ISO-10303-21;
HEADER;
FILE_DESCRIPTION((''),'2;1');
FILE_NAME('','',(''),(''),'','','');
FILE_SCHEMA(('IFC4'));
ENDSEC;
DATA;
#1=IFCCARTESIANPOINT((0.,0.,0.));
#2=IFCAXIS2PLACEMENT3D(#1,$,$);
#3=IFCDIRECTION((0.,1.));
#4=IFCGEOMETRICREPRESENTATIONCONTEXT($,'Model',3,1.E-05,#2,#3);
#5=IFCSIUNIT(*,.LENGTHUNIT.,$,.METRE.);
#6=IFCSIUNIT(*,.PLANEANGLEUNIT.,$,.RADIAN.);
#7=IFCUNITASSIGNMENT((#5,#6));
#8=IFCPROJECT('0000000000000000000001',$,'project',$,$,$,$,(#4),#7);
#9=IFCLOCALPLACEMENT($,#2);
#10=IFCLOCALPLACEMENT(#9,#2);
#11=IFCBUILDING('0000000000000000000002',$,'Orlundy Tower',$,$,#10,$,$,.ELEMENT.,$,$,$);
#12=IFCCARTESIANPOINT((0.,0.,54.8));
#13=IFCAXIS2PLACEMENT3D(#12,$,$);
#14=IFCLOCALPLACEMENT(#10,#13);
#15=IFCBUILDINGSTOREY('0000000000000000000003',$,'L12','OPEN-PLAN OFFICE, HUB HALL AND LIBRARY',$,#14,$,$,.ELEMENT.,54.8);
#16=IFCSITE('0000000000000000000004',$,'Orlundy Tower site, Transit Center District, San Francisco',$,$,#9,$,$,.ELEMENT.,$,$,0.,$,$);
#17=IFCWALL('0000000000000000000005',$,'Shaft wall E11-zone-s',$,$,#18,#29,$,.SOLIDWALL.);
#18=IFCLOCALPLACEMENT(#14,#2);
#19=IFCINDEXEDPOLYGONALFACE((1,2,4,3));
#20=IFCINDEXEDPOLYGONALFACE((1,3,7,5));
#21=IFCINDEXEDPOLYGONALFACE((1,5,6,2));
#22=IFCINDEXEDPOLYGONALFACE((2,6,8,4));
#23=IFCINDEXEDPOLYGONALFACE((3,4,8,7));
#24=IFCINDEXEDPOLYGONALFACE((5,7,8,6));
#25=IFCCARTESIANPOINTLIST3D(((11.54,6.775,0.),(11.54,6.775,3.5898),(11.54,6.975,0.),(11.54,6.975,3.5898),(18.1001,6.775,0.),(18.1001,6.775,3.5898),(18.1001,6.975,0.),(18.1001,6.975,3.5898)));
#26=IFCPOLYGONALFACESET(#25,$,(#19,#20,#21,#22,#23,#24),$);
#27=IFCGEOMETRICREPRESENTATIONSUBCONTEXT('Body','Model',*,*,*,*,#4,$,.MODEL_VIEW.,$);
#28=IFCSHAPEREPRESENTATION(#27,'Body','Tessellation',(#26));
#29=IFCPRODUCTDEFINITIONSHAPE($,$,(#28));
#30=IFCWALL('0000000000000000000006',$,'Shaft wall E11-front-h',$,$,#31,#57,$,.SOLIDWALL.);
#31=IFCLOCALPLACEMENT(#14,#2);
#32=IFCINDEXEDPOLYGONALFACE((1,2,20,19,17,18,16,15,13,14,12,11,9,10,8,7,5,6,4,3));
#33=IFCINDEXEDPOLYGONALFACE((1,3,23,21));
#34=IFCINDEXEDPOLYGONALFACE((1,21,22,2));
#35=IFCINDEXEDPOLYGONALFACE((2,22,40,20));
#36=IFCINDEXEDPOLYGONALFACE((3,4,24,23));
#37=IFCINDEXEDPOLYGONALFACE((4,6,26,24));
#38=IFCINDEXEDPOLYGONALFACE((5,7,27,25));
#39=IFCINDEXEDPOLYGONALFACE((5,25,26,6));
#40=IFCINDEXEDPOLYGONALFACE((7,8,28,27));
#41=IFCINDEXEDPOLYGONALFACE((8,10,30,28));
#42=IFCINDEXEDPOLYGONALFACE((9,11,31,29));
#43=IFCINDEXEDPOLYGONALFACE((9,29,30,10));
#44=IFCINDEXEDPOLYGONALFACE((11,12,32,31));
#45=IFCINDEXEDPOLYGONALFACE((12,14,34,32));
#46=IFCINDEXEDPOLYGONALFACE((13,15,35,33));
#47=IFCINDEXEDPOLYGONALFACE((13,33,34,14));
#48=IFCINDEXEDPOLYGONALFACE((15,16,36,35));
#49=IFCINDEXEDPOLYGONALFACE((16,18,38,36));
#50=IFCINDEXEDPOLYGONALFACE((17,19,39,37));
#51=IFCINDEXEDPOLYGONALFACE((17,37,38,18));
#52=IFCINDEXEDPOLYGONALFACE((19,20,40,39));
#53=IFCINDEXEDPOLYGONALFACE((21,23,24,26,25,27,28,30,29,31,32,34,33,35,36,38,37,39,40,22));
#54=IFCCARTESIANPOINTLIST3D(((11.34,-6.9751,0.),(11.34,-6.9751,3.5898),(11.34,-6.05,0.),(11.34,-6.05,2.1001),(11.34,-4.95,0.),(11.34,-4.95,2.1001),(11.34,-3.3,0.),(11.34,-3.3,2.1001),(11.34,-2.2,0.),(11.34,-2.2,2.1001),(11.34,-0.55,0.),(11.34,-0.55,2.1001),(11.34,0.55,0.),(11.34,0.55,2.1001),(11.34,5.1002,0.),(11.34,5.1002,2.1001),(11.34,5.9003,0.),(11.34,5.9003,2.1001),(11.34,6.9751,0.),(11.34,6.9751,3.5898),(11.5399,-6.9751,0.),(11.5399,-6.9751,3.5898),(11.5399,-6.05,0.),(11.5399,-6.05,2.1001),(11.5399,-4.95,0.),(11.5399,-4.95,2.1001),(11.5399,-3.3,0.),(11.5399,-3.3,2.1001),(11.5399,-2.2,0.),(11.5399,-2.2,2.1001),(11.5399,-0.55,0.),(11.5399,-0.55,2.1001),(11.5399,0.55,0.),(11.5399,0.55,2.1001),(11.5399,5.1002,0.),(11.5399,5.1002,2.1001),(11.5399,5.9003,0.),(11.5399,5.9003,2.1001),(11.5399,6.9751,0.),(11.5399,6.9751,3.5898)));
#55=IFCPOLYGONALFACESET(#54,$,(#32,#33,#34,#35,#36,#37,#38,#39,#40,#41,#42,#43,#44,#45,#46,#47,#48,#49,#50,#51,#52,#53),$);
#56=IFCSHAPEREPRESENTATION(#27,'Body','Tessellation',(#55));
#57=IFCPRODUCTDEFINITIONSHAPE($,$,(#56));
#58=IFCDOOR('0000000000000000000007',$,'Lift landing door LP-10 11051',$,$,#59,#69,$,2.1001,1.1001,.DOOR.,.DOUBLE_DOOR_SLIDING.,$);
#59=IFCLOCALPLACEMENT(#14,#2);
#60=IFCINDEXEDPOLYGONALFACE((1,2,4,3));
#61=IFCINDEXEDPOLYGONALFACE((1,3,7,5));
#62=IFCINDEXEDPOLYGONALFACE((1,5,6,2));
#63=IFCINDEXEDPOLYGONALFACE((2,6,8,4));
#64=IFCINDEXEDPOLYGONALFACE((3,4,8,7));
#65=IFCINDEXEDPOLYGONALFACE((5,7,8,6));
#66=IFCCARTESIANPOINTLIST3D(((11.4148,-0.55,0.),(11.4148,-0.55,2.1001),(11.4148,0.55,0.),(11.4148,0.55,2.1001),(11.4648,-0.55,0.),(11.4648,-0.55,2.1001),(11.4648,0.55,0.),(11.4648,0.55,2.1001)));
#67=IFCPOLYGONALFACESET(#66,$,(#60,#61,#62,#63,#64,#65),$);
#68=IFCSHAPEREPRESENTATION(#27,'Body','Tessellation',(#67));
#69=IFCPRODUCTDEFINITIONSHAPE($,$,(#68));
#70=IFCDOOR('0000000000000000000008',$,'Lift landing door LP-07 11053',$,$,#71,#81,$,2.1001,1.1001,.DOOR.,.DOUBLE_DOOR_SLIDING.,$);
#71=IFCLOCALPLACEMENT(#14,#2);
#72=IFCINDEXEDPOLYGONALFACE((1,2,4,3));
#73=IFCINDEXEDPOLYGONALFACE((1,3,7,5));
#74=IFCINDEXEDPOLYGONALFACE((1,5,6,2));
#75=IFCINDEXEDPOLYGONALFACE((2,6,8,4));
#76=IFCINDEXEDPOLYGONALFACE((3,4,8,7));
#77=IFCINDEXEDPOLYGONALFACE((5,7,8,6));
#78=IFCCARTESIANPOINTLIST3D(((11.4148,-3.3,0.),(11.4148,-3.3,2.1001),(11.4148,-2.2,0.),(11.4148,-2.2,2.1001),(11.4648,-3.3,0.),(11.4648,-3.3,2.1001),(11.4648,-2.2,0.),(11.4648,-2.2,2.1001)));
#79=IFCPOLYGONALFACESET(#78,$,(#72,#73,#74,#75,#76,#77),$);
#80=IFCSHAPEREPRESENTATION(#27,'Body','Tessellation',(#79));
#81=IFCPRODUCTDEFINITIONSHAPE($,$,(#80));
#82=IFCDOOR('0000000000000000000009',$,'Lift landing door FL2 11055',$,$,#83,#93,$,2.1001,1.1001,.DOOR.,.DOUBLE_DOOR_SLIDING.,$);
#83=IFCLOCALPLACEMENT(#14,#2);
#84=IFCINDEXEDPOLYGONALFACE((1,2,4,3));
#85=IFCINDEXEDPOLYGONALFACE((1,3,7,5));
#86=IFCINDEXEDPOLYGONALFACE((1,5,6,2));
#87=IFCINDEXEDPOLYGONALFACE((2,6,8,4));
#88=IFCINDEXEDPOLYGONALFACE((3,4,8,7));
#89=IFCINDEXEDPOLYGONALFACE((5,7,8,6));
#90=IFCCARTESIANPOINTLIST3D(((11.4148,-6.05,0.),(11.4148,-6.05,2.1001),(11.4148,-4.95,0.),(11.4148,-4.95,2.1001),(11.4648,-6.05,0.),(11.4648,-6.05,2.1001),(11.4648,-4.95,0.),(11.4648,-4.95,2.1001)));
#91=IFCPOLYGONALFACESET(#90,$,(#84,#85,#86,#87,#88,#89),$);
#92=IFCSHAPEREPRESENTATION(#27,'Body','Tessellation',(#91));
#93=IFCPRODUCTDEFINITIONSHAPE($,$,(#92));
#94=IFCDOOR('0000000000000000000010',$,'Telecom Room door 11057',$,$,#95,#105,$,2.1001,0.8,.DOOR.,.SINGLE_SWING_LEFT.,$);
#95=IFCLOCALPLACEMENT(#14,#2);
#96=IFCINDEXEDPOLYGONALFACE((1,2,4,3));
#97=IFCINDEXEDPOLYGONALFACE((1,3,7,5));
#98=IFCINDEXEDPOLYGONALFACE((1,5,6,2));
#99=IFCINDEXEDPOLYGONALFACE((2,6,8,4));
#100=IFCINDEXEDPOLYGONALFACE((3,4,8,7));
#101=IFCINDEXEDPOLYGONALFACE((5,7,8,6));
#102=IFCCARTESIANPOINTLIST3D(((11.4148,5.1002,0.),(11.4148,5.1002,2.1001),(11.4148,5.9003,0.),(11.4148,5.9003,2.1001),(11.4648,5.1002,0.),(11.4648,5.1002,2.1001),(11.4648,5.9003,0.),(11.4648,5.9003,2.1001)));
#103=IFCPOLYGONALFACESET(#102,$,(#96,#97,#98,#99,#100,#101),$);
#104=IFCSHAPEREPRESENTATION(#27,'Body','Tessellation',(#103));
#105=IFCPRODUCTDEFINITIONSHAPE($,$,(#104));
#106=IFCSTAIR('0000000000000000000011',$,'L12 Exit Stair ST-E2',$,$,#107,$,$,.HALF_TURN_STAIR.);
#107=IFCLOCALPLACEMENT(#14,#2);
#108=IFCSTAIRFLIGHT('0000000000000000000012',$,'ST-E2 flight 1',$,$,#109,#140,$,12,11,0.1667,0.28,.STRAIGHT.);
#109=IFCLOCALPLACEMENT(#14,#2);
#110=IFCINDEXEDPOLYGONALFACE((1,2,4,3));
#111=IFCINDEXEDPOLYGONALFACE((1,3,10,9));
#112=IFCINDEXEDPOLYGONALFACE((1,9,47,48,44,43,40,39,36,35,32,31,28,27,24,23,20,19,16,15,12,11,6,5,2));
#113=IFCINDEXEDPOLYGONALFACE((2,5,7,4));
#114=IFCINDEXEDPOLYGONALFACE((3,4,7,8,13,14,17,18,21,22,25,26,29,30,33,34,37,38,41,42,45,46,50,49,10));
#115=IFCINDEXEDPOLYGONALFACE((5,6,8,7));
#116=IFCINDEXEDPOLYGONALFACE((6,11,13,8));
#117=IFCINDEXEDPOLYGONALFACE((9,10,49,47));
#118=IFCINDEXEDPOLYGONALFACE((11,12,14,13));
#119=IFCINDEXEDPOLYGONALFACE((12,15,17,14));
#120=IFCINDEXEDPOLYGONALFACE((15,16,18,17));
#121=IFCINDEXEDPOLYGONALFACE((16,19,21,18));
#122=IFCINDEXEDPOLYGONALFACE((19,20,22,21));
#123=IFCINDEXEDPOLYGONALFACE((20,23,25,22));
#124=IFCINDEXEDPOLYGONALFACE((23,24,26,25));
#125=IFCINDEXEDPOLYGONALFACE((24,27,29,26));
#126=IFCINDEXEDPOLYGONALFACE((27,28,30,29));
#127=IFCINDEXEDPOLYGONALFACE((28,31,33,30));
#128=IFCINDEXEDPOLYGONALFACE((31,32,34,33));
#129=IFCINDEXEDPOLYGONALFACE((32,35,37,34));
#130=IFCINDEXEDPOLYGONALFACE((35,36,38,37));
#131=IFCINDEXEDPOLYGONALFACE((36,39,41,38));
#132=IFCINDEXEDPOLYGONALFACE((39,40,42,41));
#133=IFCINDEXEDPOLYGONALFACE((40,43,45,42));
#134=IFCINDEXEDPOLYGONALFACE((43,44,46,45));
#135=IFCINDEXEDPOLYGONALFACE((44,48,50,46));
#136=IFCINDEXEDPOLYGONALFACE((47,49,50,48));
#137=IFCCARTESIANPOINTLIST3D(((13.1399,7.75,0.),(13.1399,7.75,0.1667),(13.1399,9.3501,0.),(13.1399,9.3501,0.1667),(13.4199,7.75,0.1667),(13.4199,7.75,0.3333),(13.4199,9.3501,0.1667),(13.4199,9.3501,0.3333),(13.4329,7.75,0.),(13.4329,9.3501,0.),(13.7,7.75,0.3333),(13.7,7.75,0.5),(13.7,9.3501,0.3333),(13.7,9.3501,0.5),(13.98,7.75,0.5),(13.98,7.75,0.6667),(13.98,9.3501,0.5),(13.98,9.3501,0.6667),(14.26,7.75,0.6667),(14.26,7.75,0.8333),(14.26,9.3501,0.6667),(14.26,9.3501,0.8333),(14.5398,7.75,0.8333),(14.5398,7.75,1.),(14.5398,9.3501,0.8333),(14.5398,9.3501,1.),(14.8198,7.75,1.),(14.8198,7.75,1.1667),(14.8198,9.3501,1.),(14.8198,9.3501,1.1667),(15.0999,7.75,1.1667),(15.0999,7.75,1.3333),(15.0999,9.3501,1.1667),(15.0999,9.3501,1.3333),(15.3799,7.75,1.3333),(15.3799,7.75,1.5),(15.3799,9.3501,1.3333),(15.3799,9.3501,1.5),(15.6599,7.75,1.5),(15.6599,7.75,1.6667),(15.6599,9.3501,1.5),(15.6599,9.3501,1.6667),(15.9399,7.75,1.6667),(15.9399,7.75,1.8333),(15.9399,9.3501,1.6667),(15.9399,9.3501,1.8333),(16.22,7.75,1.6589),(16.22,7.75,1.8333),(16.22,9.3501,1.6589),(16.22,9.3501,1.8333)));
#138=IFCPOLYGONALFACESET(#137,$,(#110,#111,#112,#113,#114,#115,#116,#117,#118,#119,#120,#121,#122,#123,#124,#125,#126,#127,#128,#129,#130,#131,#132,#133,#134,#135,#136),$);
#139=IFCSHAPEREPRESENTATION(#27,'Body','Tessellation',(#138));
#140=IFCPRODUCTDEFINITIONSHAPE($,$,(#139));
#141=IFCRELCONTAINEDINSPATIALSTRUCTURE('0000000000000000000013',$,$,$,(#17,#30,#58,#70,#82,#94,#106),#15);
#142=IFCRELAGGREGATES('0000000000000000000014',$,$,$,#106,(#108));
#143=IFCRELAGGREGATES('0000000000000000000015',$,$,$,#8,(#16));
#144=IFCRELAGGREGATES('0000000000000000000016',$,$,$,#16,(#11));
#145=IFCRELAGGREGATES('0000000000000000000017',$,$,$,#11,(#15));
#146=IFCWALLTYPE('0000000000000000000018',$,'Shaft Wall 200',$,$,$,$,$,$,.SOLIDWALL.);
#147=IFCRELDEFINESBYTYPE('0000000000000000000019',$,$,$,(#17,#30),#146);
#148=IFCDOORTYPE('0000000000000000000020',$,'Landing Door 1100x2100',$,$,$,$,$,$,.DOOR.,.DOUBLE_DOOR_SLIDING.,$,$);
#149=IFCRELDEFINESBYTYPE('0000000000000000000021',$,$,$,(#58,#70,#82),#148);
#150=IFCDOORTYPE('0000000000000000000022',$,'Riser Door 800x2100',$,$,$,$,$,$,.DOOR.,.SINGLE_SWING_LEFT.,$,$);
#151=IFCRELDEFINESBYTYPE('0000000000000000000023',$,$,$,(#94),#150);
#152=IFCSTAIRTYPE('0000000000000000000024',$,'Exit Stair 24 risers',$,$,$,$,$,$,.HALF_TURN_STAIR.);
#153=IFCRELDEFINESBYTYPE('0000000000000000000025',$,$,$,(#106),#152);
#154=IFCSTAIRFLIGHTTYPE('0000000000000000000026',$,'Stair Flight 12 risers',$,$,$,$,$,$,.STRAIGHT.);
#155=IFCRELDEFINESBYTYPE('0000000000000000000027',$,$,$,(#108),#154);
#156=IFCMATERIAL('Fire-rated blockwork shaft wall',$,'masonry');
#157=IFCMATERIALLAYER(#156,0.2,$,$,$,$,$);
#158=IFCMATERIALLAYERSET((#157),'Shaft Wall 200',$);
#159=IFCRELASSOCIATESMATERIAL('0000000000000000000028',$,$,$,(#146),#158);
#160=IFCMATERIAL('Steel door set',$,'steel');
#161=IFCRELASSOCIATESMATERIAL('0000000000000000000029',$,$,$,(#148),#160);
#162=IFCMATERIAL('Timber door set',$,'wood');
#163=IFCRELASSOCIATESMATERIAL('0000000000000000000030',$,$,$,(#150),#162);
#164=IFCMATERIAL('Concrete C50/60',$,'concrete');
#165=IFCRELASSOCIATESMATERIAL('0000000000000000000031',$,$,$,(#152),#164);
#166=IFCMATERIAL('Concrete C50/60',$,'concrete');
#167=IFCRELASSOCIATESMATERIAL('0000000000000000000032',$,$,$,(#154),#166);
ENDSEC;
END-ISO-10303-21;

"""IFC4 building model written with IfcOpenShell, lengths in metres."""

from ifc_helpers import new_model, si_unit, direction, frame, frame_2d, origin, place, context, subcontext, project, spatial, polyline, rectangle, outline, extrude, material, layer, layer_set, type_object, element, fill, aggregate, save


model = new_model("IFC4")

# Units and contexts
model_context = context("Model", 3, precision=1e-05, world=origin(), true_north=direction((0.0, 1.0)))
body_context = subcontext(model_context, "Body", "Model", "MODEL_VIEW")
ifc_project = project(units=[si_unit("LENGTHUNIT", "METRE"), si_unit("PLANEANGLEUNIT", "RADIAN")], contexts=[model_context])

# Site, building, storey
site_placement = place(None, origin())
site = spatial("IfcSite", under=ifc_project, at=site_placement, Name="Orlundy Tower site, Transit Center District, San Francisco", CompositionType="ELEMENT", RefElevation=0.0)
building_placement = place(site_placement, origin())
building = spatial("IfcBuilding", under=site, at=building_placement, Name="Orlundy Tower", CompositionType="ELEMENT")
storey_placement = place(building_placement, frame((0.0, 0.0, 54.8)))
storey = spatial("IfcBuildingStorey", under=building, at=storey_placement, Name="L12", Description="OPEN-PLAN OFFICE, HUB HALL AND LIBRARY", CompositionType="ELEMENT", Elevation=54.8)

# Wall
ifc_material_1 = material(Name="Fire-rated blockwork shaft wall", Category="masonry")
ifc_layer_1 = layer(ifc_material_1, 0.2)
ifc_layer_set_1 = layer_set([ifc_layer_1], Name="Shaft Wall 200")
wall_type_1 = type_object("IfcWallType", Name="Shaft Wall 200", PredefinedType="SOLIDWALL", material=ifc_layer_set_1)
wall_1_placement = place(storey_placement, frame((11.54, 6.875, 0.0), z_axis=(0.0, 0.0, 1.0), x_axis=(1.0, 0.0, 0.0)))
element("IfcWall", 1, at=wall_1_placement, inside=storey, type_object=wall_type_1, Name="Shaft wall E11-zone-s", PredefinedType="SOLIDWALL", context=body_context, shape_type="SweptSolid", body=[
    extrude(rectangle(XDim=6.5601, YDim=0.2, at=frame_2d((3.28, 0.0))), origin(), (0.0, 0.0, 1.0), 3.5898),
])

# Wall, openings, doors
wall_2_placement = place(storey_placement, frame((11.4399, 6.9751, 0.0), z_axis=(0.0, 0.0, 1.0), x_axis=(0.0, -1.0, 0.0)))
wall_2 = element("IfcWall", 2, at=wall_2_placement, inside=storey, type_object=wall_type_1, Name="Shaft wall E11-front-h", PredefinedType="SOLIDWALL", context=body_context, shape_type="SweptSolid", body=[
    extrude(rectangle(XDim=13.9502, YDim=0.2, at=frame_2d((6.9751, 0.0))), origin(), (0.0, 0.0, 1.0), 3.5898),
])
opening_1_placement = place(wall_2_placement, frame((6.425, 0.0, 0.0)))
opening_1 = element("IfcOpeningElement", 3, at=opening_1_placement, cuts=wall_2, PredefinedType="OPENING", context=body_context, shape_type="SweptSolid", body=[
    extrude(rectangle(XDim=1.1001, YDim=2.1001, at=frame_2d((0.55, 1.05))), frame((0.0, 0.1101, 0.0), z_axis=(0.0, -1.0, 0.0), x_axis=(1.0, 0.0, 0.0)), (0.0, 0.0, 1.0), 0.2202),
])
opening_2_placement = place(wall_2_placement, frame((9.175, 0.0, 0.0)))
opening_2 = element("IfcOpeningElement", 4, at=opening_2_placement, cuts=wall_2, PredefinedType="OPENING", context=body_context, shape_type="SweptSolid", body=[
    extrude(rectangle(XDim=1.1001, YDim=2.1001, at=frame_2d((0.55, 1.05))), frame((0.0, 0.1101, 0.0), z_axis=(0.0, -1.0, 0.0), x_axis=(1.0, 0.0, 0.0)), (0.0, 0.0, 1.0), 0.2202),
])
opening_3_placement = place(wall_2_placement, frame((11.925, 0.0, 0.0)))
opening_3 = element("IfcOpeningElement", 5, at=opening_3_placement, cuts=wall_2, PredefinedType="OPENING", context=body_context, shape_type="SweptSolid", body=[
    extrude(rectangle(XDim=1.1001, YDim=2.1001, at=frame_2d((0.55, 1.05))), frame((0.0, 0.1101, 0.0), z_axis=(0.0, -1.0, 0.0), x_axis=(1.0, 0.0, 0.0)), (0.0, 0.0, 1.0), 0.2202),
])
opening_4_placement = place(wall_2_placement, frame((1.075, 0.0, 0.0)))
opening_4 = element("IfcOpeningElement", 6, at=opening_4_placement, cuts=wall_2, PredefinedType="OPENING", context=body_context, shape_type="SweptSolid", body=[
    extrude(rectangle(XDim=0.8, YDim=2.1001, at=frame_2d((0.3999, 1.05))), frame((0.0, 0.1101, 0.0), z_axis=(0.0, -1.0, 0.0), x_axis=(1.0, 0.0, 0.0)), (0.0, 0.0, 1.0), 0.2202),
])
ifc_material_2 = material(Name="Steel door set", Category="steel")
door_type_1 = type_object("IfcDoorType", Name="Landing Door 1100x2100", OperationType="DOUBLE_DOOR_SLIDING", PredefinedType="DOOR", material=ifc_material_2)
door_1_placement = place(opening_1_placement, origin())
door_1 = element("IfcDoor", 7, at=door_1_placement, inside=storey, type_object=door_type_1, Name="Lift landing door LP-10 11051", OperationType="DOUBLE_DOOR_SLIDING", OverallHeight=2.1001, OverallWidth=1.1001, PredefinedType="DOOR", context=body_context, shape_type="SweptSolid", body=[
    extrude(rectangle(XDim=1.1001, YDim=2.1001, at=frame_2d((0.55, 1.05))), frame((0.0, 0.0249, 0.0), z_axis=(0.0, -1.0, 0.0), x_axis=(1.0, 0.0, 0.0)), (0.0, 0.0, 1.0), 0.05),
])
fill(opening_1, door_1)
door_2_placement = place(opening_2_placement, origin())
door_2 = element("IfcDoor", 8, at=door_2_placement, inside=storey, type_object=door_type_1, Name="Lift landing door LP-07 11053", OperationType="DOUBLE_DOOR_SLIDING", OverallHeight=2.1001, OverallWidth=1.1001, PredefinedType="DOOR", context=body_context, shape_type="SweptSolid", body=[
    extrude(rectangle(XDim=1.1001, YDim=2.1001, at=frame_2d((0.55, 1.05))), frame((0.0, 0.0249, 0.0), z_axis=(0.0, -1.0, 0.0), x_axis=(1.0, 0.0, 0.0)), (0.0, 0.0, 1.0), 0.05),
])
fill(opening_2, door_2)
door_3_placement = place(opening_3_placement, origin())
door_3 = element("IfcDoor", 9, at=door_3_placement, inside=storey, type_object=door_type_1, Name="Lift landing door FL2 11055", OperationType="DOUBLE_DOOR_SLIDING", OverallHeight=2.1001, OverallWidth=1.1001, PredefinedType="DOOR", context=body_context, shape_type="SweptSolid", body=[
    extrude(rectangle(XDim=1.1001, YDim=2.1001, at=frame_2d((0.55, 1.05))), frame((0.0, 0.0249, 0.0), z_axis=(0.0, -1.0, 0.0), x_axis=(1.0, 0.0, 0.0)), (0.0, 0.0, 1.0), 0.05),
])
fill(opening_3, door_3)
ifc_material_3 = material(Name="Timber door set", Category="wood")
door_type_2 = type_object("IfcDoorType", Name="Riser Door 800x2100", OperationType="SINGLE_SWING_LEFT", PredefinedType="DOOR", material=ifc_material_3)
door_4_placement = place(opening_4_placement, origin())
door_4 = element("IfcDoor", 10, at=door_4_placement, inside=storey, type_object=door_type_2, Name="Telecom Room door 11057", OperationType="SINGLE_SWING_LEFT", OverallHeight=2.1001, OverallWidth=0.8, PredefinedType="DOOR", context=body_context, shape_type="SweptSolid", body=[
    extrude(rectangle(XDim=0.8, YDim=2.1001, at=frame_2d((0.3999, 1.05))), frame((0.0, 0.0249, 0.0), z_axis=(0.0, -1.0, 0.0), x_axis=(1.0, 0.0, 0.0)), (0.0, 0.0, 1.0), 0.05),
])
fill(opening_4, door_4)

# Stair, stair flight
ifc_material_4 = material(Name="Concrete C50/60", Category="concrete")
stair_type = type_object("IfcStairType", Name="Exit Stair 24 risers", PredefinedType="HALF_TURN_STAIR", material=ifc_material_4)
stair_placement = place(storey_placement, origin())
stair = element("IfcStair", 11, at=stair_placement, inside=storey, type_object=stair_type, Name="L12 Exit Stair ST-E2", PredefinedType="HALF_TURN_STAIR")
ifc_material_5 = material(Name="Concrete C50/60", Category="concrete")
stair_flight_type = type_object("IfcStairFlightType", Name="Stair Flight 12 risers", PredefinedType="STRAIGHT", material=ifc_material_5)
stair_flight_1_placement = place(storey_placement, frame((13.1399, 8.55, 0.0), z_axis=(0.0, 0.0, 1.0), x_axis=(1.0, 0.0, 0.0)))
stair_flight_1 = element("IfcStairFlight", 12, at=stair_flight_1_placement, type_object=stair_flight_type, Name="ST-E2 flight 1", NumberOfRisers=12, NumberOfTreads=11, PredefinedType="STRAIGHT", RiserHeight=0.1667, TreadLength=0.28, context=body_context, shape_type="SweptSolid", body=[
    extrude(outline(polyline([(0.0, 0.0), (0.0, 0.1667), (0.28, 0.1667), (0.28, 0.3333), (0.5601, 0.3333), (0.5601, 0.5), (0.8401, 0.5), (0.8401, 0.6667), (1.1201, 0.6667), (1.1201, 0.8333), (1.3999, 0.8333), (1.3999, 1.0), (1.6799, 1.0), (1.6799, 1.1667), (1.96, 1.1667), (1.96, 1.3333), (2.24, 1.3333), (2.24, 1.5), (2.52, 1.5), (2.52, 1.6667), (2.8, 1.6667), (2.8, 1.8333), (3.0801, 1.8333), (3.0801, 2.0), (3.0801, 1.6589), (0.293, 0.0), (0.0, 0.0)])), frame((0.0, 0.8, 0.0), z_axis=(0.0, -1.0, 0.0), x_axis=(1.0, 0.0, 0.0)), (0.0, 0.0, 1.0), 1.6001),
])
aggregate(stair, [stair_flight_1])

save(model, "model.ifc")
